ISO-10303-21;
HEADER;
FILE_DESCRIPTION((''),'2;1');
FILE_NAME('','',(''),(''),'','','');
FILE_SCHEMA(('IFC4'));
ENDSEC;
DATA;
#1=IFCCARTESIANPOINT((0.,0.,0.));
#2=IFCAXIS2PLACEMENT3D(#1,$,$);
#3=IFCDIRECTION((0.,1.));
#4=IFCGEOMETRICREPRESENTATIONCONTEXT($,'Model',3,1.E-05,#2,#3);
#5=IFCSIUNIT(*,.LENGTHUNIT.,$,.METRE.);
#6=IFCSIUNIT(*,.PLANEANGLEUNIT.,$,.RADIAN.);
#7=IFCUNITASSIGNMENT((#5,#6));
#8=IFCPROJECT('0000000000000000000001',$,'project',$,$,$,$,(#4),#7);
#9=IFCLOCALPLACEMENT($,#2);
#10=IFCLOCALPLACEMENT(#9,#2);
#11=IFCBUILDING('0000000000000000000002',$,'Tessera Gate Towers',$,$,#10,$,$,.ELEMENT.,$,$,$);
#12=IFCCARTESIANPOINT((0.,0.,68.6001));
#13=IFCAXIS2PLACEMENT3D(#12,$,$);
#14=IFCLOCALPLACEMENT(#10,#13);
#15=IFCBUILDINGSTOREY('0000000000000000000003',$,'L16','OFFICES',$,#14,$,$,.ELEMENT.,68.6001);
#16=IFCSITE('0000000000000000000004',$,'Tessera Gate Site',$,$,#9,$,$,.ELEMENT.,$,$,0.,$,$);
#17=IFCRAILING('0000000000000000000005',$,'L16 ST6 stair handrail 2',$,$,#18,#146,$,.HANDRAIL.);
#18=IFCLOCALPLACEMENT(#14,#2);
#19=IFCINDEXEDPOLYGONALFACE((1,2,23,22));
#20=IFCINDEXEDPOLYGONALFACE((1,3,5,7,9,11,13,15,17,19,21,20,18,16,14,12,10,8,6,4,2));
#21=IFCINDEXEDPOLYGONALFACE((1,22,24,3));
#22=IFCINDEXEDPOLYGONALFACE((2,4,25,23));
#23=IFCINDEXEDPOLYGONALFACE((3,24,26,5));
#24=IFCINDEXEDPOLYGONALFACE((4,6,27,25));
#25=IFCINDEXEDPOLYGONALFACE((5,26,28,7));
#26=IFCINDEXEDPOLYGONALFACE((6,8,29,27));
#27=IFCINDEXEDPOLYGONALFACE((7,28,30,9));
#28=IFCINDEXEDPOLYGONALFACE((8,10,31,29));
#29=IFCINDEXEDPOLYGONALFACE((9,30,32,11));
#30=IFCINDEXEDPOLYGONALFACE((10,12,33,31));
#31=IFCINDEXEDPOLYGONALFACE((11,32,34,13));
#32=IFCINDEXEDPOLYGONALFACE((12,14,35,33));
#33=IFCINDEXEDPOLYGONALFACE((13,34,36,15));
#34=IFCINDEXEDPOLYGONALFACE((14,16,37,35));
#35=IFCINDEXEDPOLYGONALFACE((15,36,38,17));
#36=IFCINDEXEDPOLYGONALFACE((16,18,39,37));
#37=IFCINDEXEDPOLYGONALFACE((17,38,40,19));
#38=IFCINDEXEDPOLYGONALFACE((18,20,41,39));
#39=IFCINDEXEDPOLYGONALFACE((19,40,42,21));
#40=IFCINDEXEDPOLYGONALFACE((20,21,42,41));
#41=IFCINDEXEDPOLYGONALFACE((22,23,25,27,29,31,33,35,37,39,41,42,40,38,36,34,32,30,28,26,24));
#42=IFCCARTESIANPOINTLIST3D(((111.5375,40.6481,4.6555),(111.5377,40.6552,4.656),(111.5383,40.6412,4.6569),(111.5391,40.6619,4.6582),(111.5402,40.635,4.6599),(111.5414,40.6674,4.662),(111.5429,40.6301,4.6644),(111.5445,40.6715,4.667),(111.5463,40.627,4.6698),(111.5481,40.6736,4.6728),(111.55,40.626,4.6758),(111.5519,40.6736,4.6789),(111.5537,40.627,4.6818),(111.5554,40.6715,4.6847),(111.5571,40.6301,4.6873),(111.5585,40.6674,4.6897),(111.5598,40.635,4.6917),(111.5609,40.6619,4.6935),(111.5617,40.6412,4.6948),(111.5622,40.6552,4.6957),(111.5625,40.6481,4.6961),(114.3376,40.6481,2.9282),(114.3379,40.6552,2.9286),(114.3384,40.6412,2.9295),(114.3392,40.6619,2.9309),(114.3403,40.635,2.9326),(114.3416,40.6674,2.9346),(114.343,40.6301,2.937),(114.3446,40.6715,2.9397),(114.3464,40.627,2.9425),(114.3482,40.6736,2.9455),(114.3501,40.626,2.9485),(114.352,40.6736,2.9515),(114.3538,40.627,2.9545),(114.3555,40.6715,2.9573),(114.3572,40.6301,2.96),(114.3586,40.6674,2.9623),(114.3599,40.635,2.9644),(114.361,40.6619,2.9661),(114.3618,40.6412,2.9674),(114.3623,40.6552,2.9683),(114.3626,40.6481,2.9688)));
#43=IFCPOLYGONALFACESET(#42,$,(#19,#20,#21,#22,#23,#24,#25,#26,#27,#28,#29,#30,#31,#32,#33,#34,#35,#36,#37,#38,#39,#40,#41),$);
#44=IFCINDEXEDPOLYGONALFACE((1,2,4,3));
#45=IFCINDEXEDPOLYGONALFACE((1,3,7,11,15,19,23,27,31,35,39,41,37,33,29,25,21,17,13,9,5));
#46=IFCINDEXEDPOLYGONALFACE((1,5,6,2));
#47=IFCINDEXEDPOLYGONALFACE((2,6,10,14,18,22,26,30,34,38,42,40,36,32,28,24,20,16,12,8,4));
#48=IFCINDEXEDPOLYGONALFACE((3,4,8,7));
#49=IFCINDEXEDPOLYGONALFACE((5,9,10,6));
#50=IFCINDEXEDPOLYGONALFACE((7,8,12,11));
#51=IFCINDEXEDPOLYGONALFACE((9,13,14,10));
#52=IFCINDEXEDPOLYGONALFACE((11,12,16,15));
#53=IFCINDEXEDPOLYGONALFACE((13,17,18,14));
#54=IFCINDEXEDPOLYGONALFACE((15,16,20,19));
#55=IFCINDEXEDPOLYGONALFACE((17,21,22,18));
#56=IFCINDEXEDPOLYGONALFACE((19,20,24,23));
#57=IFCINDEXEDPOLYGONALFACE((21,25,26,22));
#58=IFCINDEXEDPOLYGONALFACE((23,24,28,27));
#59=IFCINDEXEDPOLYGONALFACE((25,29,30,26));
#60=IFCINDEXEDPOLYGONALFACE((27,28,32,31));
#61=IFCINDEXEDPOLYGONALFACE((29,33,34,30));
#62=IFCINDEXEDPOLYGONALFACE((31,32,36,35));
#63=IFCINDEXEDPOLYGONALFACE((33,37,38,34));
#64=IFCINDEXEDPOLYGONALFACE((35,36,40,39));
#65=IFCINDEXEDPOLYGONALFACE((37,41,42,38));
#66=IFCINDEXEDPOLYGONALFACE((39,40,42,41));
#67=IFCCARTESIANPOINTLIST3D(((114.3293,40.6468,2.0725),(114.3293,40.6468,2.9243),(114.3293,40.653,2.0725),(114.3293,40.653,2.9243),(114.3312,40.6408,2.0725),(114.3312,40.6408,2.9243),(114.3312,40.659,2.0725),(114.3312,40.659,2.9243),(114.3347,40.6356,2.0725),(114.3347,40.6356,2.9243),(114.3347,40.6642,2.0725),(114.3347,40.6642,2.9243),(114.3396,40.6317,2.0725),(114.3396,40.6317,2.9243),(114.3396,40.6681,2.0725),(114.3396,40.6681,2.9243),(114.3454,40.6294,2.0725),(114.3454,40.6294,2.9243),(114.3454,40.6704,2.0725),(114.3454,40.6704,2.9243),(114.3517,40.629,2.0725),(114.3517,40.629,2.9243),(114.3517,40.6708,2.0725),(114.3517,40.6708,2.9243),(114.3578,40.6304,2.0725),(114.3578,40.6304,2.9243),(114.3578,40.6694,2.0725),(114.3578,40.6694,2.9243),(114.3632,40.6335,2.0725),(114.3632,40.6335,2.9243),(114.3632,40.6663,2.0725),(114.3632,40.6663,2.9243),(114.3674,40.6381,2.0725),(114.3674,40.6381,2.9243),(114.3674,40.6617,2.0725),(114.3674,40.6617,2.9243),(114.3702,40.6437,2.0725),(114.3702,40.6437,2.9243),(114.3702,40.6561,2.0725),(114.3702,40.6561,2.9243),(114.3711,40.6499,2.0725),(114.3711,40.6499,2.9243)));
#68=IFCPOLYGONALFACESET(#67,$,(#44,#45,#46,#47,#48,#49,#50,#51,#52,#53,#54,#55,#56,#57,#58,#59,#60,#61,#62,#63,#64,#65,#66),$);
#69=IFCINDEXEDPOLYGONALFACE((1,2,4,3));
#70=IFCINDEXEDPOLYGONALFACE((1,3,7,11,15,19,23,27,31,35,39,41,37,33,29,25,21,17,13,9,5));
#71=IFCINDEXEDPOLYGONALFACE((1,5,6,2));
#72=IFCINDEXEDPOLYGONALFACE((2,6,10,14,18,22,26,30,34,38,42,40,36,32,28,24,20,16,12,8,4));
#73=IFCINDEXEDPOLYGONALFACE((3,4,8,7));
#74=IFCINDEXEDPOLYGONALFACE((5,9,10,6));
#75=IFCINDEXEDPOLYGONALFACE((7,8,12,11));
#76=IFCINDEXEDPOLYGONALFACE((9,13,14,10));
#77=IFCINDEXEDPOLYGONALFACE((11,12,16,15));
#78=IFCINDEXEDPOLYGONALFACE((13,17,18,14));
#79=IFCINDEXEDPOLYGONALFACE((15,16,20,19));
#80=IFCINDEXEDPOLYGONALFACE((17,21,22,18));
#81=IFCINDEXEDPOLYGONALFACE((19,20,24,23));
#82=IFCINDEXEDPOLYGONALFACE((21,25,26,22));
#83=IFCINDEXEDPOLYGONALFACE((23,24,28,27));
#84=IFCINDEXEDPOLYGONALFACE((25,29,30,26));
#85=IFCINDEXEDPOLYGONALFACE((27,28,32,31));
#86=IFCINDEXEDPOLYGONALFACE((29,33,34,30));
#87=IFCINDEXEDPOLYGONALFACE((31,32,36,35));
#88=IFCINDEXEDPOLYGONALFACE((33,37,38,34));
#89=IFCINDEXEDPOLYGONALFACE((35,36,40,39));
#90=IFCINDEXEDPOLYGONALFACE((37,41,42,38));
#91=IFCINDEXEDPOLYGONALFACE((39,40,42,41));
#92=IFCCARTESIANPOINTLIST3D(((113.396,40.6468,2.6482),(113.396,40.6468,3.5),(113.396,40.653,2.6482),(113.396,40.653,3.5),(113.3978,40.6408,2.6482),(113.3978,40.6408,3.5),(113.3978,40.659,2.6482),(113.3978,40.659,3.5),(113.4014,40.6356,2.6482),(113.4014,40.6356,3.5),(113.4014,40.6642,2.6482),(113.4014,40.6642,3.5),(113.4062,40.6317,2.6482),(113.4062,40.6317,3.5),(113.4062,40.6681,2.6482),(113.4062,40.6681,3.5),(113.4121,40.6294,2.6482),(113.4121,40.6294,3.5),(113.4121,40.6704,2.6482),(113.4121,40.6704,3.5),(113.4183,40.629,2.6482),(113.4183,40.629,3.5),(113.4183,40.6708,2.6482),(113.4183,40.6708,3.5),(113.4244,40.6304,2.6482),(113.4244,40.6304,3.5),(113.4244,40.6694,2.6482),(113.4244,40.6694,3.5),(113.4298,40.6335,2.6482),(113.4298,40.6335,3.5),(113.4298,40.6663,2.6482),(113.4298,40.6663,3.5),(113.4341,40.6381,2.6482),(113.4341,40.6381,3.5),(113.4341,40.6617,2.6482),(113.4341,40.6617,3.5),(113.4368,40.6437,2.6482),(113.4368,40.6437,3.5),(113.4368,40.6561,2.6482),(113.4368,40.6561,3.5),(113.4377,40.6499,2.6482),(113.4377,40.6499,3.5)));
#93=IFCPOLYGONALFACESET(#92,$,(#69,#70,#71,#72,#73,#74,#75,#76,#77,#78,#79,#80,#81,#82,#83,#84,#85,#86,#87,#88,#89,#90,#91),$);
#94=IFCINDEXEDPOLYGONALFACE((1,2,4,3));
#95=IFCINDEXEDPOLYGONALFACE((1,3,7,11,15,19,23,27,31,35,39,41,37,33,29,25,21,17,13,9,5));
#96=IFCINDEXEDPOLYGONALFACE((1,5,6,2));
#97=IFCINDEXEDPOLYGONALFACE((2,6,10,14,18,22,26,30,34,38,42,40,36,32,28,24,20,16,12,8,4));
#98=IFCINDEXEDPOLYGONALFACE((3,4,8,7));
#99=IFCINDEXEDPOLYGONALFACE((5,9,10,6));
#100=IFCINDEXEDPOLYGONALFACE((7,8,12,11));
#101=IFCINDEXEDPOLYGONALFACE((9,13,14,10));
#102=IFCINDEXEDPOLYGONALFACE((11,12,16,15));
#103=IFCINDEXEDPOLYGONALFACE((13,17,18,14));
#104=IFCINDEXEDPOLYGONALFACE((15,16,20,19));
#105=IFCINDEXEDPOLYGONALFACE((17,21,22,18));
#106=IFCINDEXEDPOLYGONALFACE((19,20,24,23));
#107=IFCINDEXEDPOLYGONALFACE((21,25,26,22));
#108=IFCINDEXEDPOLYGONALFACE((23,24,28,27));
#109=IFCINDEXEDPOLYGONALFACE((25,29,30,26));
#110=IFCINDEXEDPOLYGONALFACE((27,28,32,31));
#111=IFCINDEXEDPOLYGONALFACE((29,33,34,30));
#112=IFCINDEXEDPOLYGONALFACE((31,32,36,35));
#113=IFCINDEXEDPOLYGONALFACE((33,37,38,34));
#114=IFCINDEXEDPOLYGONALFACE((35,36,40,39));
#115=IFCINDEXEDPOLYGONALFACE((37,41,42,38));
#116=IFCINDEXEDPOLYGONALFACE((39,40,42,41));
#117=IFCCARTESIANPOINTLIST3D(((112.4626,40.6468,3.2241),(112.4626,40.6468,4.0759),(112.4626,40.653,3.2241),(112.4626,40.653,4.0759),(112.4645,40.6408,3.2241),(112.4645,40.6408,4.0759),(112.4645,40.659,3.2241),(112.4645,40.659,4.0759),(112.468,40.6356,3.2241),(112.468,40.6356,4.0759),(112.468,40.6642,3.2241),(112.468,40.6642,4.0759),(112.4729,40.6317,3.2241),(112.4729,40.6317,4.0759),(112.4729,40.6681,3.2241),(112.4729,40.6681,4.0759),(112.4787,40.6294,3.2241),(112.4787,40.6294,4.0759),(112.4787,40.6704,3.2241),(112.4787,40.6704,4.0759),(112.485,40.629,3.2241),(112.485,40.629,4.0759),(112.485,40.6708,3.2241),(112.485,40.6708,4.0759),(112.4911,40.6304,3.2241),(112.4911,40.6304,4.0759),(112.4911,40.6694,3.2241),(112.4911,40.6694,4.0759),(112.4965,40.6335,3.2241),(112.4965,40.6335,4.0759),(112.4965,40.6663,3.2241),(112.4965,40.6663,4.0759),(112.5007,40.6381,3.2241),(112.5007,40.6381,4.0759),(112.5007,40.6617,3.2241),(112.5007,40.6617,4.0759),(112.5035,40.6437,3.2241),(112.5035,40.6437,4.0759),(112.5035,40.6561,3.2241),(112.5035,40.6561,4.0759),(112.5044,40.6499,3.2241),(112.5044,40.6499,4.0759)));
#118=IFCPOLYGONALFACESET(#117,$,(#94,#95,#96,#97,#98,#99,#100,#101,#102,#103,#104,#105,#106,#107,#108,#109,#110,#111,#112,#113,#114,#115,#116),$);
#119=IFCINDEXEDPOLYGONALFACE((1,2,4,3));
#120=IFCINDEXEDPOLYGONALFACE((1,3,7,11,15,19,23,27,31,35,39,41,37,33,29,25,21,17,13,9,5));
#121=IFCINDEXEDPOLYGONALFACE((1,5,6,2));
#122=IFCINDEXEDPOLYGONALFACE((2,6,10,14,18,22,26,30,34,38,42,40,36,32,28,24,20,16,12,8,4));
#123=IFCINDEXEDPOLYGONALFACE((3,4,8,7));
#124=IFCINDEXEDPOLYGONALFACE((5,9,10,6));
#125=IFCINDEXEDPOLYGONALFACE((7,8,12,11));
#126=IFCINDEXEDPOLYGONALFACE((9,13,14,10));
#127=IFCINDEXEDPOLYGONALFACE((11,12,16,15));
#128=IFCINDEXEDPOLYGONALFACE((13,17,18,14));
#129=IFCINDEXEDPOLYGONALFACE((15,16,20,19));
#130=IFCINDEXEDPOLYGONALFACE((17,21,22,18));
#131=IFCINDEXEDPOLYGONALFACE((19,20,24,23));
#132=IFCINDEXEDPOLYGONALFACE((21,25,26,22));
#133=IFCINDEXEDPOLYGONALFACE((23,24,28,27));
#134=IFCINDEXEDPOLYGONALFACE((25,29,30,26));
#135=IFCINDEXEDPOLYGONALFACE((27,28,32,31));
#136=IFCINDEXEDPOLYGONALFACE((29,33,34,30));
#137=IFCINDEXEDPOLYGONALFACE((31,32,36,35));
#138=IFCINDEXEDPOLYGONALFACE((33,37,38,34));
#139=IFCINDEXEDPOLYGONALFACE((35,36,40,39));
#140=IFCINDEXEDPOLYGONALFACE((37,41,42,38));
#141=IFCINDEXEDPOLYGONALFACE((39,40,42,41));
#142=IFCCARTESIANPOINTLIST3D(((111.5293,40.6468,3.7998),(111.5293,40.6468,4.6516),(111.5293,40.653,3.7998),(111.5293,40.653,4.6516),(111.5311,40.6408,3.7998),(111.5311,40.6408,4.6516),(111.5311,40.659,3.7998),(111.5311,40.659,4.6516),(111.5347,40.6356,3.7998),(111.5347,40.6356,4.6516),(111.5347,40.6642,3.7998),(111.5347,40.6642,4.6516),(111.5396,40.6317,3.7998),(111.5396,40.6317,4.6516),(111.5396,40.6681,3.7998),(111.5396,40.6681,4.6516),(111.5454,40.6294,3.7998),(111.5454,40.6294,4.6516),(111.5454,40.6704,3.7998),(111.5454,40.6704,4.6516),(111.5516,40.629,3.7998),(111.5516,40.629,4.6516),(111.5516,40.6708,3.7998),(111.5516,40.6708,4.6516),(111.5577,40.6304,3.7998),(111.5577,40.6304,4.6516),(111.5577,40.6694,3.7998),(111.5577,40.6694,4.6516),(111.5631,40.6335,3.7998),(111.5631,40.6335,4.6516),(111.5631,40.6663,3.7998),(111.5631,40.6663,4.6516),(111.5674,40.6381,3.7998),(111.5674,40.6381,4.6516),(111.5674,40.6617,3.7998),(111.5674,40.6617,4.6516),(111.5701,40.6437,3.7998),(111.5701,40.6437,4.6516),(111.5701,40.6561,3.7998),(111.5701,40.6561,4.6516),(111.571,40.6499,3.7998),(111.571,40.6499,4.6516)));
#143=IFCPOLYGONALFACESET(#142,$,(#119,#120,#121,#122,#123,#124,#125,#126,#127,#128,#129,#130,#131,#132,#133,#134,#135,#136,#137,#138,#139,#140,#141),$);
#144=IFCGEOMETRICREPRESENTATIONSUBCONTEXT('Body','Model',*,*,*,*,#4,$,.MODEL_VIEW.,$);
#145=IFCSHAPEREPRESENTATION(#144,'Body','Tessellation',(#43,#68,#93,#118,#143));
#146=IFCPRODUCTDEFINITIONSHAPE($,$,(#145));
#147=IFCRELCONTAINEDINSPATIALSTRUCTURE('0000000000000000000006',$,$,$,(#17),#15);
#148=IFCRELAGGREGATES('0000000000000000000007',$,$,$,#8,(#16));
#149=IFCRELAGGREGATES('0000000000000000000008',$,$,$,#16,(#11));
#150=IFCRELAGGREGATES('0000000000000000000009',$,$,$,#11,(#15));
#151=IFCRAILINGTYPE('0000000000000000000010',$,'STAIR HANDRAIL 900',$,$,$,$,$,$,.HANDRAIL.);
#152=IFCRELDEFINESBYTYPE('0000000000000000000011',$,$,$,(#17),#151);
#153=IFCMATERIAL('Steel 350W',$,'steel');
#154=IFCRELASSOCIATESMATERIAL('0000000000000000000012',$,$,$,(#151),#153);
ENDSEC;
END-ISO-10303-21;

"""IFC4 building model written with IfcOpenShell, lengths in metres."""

from ifc_helpers import new_model, si_unit, direction, frame, origin, origin_2d, place, context, subcontext, project, spatial, circle, extrude, material, type_object, element, save


model = new_model("IFC4")

# Units and contexts
model_context = context("Model", 3, precision=1e-05, world=origin(), true_north=direction((0.0, 1.0)))
body_context = subcontext(model_context, "Body", "Model", "MODEL_VIEW")
ifc_project = project(units=[si_unit("LENGTHUNIT", "METRE"), si_unit("PLANEANGLEUNIT", "RADIAN")], contexts=[model_context])

# Site, building, storey
site_placement = place(None, origin())
site = spatial("IfcSite", under=ifc_project, at=site_placement, Name="Tessera Gate Site", CompositionType="ELEMENT", RefElevation=0.0)
building_placement = place(site_placement, origin())
building = spatial("IfcBuilding", under=site, at=building_placement, Name="Tessera Gate Towers", CompositionType="ELEMENT")
storey_placement = place(building_placement, frame((0.0, 0.0, 68.6001)))
storey = spatial("IfcBuildingStorey", under=building, at=storey_placement, Name="L16", Description="OFFICES", CompositionType="ELEMENT", Elevation=68.6001)

# Railing
ifc_material_1 = material(Name="Steel 350W", Category="steel")
railing_type = type_object("IfcRailingType", Name="STAIR HANDRAIL 900", PredefinedType="HANDRAIL", material=ifc_material_1)
railing_placement = place(storey_placement, frame((114.3501, 40.6499, 2.0725)))
element("IfcRailing", 1, at=railing_placement, inside=storey, type_object=railing_type, Name="L16 ST6 stair handrail 2", PredefinedType="HANDRAIL", context=body_context, shape_type="SweptSolid", body=[
    extrude(circle(Radius=0.0239, at=origin_2d()), frame((0.0, 0.0, 0.876), z_axis=(-0.85109, 0.0, 0.52502), x_axis=(0.0, -1.0, 0.0)), (0.0, 0.0, 1.0), 3.29),
    extrude(circle(Radius=0.021, at=origin_2d()), origin(), (0.0, 0.0, 1.0), 0.8518),
    extrude(circle(Radius=0.021, at=origin_2d()), frame((-0.9333, 0.0, 0.5757)), (0.0, 0.0, 1.0), 0.8518),
    extrude(circle(Radius=0.021, at=origin_2d()), frame((-1.8667, 0.0, 1.1516)), (0.0, 0.0, 1.0), 0.8518),
    extrude(circle(Radius=0.021, at=origin_2d()), frame((-2.8, 0.0, 1.7273)), (0.0, 0.0, 1.0), 0.8518),
])

save(model, "model.ifc")
